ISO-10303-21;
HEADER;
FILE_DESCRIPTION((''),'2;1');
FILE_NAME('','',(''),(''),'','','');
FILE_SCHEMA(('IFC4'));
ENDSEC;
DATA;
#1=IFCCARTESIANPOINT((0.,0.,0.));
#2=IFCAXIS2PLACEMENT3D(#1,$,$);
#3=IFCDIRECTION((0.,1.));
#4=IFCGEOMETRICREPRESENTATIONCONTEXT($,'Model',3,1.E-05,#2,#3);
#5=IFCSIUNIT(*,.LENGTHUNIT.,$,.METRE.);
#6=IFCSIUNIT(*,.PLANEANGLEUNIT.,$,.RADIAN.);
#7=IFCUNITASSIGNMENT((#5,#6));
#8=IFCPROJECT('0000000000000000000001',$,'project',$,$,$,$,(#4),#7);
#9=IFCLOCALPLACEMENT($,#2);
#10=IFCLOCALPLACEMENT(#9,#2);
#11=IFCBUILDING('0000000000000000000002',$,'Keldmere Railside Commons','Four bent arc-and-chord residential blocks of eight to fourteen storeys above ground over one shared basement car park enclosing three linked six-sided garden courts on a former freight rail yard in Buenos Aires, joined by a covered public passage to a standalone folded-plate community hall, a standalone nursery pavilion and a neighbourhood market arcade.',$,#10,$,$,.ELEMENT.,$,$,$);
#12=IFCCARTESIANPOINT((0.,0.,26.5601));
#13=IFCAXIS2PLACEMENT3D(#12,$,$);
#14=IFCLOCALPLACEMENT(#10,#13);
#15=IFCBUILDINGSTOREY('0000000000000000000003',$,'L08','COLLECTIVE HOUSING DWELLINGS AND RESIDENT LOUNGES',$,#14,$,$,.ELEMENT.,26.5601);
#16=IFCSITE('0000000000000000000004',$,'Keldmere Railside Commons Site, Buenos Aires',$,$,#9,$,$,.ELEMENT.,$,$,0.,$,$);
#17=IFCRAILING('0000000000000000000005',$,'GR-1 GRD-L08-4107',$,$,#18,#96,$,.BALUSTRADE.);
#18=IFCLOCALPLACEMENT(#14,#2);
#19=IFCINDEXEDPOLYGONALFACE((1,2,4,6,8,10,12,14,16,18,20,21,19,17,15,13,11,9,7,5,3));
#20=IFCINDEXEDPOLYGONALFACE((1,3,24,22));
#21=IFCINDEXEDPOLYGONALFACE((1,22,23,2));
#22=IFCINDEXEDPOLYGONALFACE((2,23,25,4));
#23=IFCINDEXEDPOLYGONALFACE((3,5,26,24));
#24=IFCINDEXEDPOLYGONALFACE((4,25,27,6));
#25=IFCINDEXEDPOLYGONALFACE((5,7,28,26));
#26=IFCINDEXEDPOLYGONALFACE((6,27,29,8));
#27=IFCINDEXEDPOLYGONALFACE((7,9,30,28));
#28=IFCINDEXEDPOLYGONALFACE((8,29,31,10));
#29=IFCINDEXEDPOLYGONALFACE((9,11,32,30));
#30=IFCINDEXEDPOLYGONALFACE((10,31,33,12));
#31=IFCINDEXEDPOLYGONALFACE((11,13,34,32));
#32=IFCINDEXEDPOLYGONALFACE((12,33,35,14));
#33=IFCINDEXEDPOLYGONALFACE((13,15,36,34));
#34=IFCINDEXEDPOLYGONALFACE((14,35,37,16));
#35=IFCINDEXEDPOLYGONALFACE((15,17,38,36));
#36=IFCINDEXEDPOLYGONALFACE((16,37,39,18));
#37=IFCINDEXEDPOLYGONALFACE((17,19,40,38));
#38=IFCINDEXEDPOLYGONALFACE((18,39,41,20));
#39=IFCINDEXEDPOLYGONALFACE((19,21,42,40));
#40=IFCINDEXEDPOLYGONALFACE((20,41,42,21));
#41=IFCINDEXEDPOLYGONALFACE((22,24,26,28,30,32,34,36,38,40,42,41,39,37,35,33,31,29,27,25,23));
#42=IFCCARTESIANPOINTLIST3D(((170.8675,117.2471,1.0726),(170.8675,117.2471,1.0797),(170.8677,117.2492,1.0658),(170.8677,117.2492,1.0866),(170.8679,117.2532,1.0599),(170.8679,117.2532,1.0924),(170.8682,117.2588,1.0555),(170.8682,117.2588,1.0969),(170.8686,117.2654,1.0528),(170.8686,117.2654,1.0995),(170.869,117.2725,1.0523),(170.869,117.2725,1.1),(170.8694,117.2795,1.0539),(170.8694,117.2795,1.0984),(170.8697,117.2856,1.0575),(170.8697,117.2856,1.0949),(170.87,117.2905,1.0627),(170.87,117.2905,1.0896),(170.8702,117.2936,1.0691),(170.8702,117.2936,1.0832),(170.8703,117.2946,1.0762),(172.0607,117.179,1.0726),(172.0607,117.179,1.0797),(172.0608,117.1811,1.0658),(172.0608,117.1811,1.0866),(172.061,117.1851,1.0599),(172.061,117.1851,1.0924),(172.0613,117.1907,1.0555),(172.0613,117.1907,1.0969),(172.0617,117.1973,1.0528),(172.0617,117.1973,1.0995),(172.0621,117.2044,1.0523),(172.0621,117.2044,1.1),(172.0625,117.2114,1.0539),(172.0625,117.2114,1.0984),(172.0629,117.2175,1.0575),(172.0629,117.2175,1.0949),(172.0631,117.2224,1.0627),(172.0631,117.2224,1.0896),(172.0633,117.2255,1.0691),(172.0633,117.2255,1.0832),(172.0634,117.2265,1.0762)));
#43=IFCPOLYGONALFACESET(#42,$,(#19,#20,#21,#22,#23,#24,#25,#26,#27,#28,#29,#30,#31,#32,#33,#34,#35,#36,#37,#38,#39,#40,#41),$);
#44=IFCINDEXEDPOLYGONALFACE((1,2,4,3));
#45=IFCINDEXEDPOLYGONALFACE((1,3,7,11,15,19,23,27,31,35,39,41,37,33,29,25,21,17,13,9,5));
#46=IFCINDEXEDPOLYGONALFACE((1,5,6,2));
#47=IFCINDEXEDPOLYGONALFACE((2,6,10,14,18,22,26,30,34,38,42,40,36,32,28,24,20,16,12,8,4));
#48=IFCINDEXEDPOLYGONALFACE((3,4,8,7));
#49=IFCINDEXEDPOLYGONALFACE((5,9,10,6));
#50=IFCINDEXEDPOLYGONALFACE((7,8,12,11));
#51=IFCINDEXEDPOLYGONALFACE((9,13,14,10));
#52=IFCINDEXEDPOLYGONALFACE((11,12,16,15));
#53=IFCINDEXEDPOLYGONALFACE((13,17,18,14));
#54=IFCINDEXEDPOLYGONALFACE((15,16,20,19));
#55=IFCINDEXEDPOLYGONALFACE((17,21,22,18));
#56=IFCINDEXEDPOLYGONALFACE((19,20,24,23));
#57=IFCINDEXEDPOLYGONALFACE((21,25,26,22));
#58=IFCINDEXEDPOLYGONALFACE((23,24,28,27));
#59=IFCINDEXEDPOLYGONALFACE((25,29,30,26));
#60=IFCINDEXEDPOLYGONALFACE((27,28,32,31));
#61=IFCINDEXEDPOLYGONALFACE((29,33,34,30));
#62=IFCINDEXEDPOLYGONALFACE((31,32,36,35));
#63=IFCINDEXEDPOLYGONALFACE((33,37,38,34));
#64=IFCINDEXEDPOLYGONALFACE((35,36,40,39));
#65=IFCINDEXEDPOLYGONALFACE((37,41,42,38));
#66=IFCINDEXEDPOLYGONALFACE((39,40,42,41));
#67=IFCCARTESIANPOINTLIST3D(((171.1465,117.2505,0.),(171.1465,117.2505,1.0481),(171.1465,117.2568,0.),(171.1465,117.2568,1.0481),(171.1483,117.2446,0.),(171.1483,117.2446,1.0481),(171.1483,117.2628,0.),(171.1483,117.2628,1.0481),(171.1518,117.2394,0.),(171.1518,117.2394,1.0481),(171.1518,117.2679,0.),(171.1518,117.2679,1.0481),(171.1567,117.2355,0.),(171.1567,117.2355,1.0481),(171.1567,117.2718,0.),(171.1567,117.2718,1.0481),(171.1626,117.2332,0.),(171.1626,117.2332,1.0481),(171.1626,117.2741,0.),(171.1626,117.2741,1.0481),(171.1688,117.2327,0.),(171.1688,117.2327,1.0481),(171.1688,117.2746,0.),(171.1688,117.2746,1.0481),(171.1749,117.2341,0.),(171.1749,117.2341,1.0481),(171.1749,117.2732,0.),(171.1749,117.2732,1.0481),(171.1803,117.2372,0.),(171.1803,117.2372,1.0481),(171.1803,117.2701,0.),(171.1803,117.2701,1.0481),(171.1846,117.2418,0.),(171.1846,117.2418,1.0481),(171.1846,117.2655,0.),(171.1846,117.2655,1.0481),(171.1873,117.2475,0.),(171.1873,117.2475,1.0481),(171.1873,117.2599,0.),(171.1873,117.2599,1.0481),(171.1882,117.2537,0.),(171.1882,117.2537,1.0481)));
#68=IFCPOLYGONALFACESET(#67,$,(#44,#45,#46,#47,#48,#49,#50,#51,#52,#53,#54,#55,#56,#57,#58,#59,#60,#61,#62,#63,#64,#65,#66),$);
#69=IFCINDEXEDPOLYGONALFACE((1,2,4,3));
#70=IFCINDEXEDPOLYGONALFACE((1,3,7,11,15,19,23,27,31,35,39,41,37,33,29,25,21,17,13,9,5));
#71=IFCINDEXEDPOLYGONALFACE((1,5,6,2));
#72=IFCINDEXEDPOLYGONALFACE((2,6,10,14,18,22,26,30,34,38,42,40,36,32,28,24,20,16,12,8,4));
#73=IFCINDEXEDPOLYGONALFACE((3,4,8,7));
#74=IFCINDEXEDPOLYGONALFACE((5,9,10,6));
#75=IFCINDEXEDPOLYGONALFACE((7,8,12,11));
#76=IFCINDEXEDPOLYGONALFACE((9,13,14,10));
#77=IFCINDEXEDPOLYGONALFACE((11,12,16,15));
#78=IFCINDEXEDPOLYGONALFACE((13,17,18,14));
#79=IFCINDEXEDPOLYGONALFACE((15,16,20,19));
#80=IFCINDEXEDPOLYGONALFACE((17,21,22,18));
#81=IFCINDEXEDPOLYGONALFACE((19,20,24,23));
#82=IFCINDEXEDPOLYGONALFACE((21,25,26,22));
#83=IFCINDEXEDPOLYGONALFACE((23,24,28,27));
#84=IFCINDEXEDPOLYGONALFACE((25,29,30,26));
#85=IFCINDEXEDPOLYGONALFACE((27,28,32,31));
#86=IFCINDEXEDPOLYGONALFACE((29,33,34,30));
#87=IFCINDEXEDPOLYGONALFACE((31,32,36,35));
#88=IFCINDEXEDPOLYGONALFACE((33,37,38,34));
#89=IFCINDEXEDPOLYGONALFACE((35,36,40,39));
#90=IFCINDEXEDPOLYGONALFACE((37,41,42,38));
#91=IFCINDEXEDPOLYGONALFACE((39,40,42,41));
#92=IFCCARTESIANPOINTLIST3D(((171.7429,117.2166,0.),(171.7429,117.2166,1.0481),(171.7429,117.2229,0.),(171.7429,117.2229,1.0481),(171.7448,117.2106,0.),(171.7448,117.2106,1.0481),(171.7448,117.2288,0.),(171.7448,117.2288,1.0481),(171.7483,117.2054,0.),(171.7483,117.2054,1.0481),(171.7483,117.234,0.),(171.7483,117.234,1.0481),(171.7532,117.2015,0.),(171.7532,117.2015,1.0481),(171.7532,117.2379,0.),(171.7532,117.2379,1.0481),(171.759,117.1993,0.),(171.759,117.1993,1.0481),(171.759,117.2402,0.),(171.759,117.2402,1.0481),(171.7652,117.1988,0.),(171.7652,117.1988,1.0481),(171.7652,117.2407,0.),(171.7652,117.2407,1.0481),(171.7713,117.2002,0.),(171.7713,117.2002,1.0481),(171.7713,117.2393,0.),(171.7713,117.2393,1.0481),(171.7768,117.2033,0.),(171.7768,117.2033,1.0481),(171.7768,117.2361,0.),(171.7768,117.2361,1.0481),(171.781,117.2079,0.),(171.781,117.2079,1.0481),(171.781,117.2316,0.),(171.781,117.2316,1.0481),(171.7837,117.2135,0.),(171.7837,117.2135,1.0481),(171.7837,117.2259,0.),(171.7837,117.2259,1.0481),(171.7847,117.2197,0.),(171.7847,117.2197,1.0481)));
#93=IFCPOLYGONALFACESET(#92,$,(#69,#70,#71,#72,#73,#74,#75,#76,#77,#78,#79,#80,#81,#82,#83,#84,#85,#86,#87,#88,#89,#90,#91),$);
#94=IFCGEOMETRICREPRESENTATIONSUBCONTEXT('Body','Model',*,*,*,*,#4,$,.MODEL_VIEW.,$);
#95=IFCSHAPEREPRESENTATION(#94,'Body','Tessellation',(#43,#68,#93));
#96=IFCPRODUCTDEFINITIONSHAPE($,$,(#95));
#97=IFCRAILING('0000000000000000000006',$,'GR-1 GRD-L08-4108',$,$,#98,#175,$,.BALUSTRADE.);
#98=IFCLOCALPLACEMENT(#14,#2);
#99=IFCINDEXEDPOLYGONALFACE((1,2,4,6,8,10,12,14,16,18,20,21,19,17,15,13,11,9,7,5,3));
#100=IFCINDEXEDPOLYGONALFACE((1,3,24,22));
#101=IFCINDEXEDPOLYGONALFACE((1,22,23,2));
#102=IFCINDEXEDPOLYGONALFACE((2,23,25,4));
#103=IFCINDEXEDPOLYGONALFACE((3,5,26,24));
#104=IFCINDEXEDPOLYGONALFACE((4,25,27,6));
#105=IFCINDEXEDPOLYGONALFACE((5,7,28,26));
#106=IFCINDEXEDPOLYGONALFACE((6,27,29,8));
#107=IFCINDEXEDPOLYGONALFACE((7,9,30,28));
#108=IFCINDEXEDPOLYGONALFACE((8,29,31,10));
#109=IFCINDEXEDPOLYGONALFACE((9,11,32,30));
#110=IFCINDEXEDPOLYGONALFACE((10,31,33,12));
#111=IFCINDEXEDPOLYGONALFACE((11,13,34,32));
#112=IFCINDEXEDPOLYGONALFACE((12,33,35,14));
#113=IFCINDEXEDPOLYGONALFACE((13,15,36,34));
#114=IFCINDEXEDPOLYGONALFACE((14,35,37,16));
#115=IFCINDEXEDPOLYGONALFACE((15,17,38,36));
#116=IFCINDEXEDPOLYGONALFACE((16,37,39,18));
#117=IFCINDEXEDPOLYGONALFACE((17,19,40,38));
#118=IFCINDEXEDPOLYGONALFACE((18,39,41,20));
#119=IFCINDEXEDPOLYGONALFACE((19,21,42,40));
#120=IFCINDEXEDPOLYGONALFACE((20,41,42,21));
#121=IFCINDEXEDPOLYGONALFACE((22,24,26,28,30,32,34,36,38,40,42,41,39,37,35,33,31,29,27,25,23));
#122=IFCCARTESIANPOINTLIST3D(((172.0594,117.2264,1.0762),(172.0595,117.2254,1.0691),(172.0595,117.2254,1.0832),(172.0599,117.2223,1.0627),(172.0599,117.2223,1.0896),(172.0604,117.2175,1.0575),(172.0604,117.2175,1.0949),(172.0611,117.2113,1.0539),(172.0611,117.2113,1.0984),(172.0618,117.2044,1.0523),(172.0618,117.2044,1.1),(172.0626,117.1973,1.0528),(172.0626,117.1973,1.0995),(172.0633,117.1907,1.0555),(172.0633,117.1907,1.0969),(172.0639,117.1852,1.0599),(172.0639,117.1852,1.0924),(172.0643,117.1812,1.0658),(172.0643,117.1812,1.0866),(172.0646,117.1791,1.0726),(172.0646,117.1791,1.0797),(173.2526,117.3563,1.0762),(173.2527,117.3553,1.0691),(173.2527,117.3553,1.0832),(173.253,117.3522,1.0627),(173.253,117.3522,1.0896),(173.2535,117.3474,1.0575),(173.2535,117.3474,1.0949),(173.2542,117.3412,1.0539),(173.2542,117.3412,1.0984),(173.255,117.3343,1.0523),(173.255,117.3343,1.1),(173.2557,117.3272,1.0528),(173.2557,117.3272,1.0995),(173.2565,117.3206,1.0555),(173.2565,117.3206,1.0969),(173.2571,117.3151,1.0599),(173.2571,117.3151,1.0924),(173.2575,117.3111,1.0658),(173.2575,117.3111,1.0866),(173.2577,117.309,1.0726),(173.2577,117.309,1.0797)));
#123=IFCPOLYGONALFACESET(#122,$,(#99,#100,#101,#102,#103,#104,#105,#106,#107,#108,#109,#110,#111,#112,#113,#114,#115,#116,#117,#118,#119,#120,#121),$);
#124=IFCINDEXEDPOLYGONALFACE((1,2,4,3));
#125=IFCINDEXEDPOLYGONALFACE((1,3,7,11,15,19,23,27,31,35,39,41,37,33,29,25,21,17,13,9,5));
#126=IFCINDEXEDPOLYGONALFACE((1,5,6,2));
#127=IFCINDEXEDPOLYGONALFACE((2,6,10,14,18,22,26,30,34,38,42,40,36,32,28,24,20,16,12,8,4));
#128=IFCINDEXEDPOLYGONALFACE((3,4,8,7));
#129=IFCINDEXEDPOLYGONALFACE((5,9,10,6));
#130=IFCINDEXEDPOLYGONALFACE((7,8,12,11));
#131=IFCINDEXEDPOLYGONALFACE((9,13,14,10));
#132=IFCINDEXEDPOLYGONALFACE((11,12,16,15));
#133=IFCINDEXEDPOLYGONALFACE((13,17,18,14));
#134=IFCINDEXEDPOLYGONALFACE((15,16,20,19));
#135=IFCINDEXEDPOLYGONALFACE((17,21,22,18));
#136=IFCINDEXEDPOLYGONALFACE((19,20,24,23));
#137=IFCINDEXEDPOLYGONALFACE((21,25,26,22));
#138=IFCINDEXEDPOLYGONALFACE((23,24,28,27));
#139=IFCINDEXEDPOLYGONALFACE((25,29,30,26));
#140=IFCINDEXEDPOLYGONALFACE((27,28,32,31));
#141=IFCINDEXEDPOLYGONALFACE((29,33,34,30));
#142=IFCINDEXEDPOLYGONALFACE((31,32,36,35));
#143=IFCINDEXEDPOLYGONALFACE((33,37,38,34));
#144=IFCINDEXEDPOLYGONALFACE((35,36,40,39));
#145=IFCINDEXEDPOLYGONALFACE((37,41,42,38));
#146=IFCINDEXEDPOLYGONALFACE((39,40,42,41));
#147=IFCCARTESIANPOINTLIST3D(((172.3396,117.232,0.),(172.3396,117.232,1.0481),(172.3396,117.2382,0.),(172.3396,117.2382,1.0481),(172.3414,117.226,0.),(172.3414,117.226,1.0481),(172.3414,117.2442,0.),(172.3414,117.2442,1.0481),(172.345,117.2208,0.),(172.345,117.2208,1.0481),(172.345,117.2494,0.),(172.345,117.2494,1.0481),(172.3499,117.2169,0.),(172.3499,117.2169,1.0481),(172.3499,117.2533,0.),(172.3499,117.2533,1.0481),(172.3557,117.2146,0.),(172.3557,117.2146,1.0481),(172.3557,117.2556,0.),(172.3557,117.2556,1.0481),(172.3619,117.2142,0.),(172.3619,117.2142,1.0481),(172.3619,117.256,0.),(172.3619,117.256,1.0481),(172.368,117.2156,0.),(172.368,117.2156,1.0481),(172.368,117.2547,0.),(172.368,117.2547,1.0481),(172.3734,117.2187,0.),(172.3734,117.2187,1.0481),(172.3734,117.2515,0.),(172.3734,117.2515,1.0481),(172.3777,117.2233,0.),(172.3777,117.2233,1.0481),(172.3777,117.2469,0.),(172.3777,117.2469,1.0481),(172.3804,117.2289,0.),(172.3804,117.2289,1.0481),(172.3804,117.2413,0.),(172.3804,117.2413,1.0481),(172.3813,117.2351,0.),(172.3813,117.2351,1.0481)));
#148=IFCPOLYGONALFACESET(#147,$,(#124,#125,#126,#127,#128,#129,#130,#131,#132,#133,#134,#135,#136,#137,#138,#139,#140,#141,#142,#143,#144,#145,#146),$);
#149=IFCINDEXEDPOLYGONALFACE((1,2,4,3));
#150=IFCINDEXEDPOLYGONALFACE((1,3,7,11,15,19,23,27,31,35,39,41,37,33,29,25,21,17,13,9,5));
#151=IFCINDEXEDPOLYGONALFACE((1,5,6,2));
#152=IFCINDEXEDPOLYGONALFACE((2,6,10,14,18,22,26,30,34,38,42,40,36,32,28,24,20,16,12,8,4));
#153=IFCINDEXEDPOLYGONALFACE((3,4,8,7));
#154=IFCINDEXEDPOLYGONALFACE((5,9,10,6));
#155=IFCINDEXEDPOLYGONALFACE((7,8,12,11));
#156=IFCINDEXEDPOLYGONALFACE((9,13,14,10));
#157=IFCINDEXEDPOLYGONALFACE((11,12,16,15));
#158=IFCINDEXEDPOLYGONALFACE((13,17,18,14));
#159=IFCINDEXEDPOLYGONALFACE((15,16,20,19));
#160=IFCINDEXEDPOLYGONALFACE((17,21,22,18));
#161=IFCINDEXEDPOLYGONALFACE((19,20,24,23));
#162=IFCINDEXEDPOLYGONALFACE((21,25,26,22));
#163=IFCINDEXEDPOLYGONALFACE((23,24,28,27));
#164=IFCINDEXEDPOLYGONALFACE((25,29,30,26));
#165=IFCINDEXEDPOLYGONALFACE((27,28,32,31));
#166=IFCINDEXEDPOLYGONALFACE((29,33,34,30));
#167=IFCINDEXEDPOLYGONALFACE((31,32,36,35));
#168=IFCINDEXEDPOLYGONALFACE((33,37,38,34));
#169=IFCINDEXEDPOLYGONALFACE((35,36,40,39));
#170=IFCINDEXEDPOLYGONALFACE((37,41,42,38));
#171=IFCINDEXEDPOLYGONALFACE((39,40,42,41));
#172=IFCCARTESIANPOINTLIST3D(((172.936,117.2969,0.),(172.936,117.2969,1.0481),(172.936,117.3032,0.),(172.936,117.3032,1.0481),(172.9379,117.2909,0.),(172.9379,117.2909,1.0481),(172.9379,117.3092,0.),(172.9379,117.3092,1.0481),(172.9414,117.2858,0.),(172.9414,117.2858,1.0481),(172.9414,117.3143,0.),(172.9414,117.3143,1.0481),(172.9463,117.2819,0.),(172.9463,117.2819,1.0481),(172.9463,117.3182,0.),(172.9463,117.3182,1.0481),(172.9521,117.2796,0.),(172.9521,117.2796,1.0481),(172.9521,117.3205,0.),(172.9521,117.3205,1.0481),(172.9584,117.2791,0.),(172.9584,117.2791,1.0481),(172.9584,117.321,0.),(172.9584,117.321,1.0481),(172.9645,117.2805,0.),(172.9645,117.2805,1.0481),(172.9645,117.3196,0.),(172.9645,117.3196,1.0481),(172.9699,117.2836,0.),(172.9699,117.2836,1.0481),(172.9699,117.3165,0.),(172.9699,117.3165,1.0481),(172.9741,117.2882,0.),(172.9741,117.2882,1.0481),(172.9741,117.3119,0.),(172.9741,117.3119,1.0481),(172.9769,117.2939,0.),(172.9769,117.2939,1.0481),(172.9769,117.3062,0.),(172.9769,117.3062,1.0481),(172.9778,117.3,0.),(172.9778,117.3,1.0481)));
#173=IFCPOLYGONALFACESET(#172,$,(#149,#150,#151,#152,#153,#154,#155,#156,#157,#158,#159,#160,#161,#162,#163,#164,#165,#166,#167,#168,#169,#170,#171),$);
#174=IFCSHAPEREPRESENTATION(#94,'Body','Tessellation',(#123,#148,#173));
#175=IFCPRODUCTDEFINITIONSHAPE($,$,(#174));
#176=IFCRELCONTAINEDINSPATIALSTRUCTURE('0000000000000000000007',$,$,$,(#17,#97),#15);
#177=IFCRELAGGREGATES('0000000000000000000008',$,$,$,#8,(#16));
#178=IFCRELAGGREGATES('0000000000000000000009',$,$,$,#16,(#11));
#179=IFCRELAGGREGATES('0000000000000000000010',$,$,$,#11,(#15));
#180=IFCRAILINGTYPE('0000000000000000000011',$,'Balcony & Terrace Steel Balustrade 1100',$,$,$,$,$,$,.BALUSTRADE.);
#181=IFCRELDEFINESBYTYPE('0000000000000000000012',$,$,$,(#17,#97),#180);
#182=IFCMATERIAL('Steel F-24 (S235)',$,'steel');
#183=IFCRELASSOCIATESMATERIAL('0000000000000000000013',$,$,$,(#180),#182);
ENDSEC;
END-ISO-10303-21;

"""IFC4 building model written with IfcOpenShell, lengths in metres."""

from ifc_helpers import new_model, si_unit, direction, frame, origin, origin_2d, place, context, subcontext, project, spatial, circle, extrude, material, type_object, element, save


model = new_model("IFC4")

# Units and contexts
model_context = context("Model", 3, precision=1e-05, world=origin(), true_north=direction((0.0, 1.0)))
body_context = subcontext(model_context, "Body", "Model", "MODEL_VIEW")
ifc_project = project(units=[si_unit("LENGTHUNIT", "METRE"), si_unit("PLANEANGLEUNIT", "RADIAN")], contexts=[model_context])

# Site, building, storey
site_placement = place(None, origin())
site = spatial("IfcSite", under=ifc_project, at=site_placement, Name="Keldmere Railside Commons Site, Buenos Aires", CompositionType="ELEMENT", RefElevation=0.0)
building_placement = place(site_placement, origin())
building = spatial("IfcBuilding", under=site, at=building_placement, Name="Keldmere Railside Commons", Description="Four bent arc-and-chord residential blocks of eight to fourteen storeys above ground over one shared basement car park enclosing three linked six-sided garden courts on a former freight rail yard in Buenos Aires, joined by a covered public passage to a standalone folded-plate community hall, a standalone nursery pavilion and a neighbourhood market arcade.", CompositionType="ELEMENT")
storey_placement = place(building_placement, frame((0.0, 0.0, 26.5601)))
storey = spatial("IfcBuildingStorey", under=building, at=storey_placement, Name="L08", Description="COLLECTIVE HOUSING DWELLINGS AND RESIDENT LOUNGES", CompositionType="ELEMENT", Elevation=26.5601)

# Railings
ifc_material_1 = material(Name="Steel F-24 (S235)", Category="steel")
railing_type = type_object("IfcRailingType", Name="Balcony & Terrace Steel Balustrade 1100", PredefinedType="BALUSTRADE", material=ifc_material_1)
railing_1_placement = place(storey_placement, frame((170.8689, 117.2708, 0.0)))
element("IfcRailing", 1, at=railing_1_placement, inside=storey, type_object=railing_type, Name="GR-1 GRD-L08-4107", PredefinedType="BALUSTRADE", context=body_context, shape_type="SweptSolid", body=[
    extrude(circle(Radius=0.0239, at=origin_2d()), frame((0.0, 0.0, 1.0762), z_axis=(0.998374, -0.056997, 0.0), x_axis=(0.056997, 0.998374, 0.0)), (0.0, 0.0, 1.0), 1.1951),
    extrude(circle(Radius=0.021, at=origin_2d()), frame((0.2983, -0.0171, 0.0)), (0.0, 0.0, 1.0), 1.0481),
    extrude(circle(Radius=0.021, at=origin_2d()), frame((0.8948, -0.051, 0.0)), (0.0, 0.0, 1.0), 1.0481),
])
railing_2_placement = place(storey_placement, frame((172.062, 117.2026, 0.0)))
element("IfcRailing", 2, at=railing_2_placement, inside=storey, type_object=railing_type, Name="GR-1 GRD-L08-4108", PredefinedType="BALUSTRADE", context=body_context, shape_type="SweptSolid", body=[
    extrude(circle(Radius=0.0239, at=origin_2d()), frame((0.0, 0.0, 1.0762), z_axis=(0.994127, 0.108221, 0.0), x_axis=(-0.108221, 0.994127, 0.0)), (0.0, 0.0, 1.0), 1.2002),
    extrude(circle(Radius=0.021, at=origin_2d()), frame((0.2983, 0.0325, 0.0)), (0.0, 0.0, 1.0), 1.0481),
    extrude(circle(Radius=0.021, at=origin_2d()), frame((0.8948, 0.0974, 0.0)), (0.0, 0.0, 1.0), 1.0481),
])

save(model, "model.ifc")
